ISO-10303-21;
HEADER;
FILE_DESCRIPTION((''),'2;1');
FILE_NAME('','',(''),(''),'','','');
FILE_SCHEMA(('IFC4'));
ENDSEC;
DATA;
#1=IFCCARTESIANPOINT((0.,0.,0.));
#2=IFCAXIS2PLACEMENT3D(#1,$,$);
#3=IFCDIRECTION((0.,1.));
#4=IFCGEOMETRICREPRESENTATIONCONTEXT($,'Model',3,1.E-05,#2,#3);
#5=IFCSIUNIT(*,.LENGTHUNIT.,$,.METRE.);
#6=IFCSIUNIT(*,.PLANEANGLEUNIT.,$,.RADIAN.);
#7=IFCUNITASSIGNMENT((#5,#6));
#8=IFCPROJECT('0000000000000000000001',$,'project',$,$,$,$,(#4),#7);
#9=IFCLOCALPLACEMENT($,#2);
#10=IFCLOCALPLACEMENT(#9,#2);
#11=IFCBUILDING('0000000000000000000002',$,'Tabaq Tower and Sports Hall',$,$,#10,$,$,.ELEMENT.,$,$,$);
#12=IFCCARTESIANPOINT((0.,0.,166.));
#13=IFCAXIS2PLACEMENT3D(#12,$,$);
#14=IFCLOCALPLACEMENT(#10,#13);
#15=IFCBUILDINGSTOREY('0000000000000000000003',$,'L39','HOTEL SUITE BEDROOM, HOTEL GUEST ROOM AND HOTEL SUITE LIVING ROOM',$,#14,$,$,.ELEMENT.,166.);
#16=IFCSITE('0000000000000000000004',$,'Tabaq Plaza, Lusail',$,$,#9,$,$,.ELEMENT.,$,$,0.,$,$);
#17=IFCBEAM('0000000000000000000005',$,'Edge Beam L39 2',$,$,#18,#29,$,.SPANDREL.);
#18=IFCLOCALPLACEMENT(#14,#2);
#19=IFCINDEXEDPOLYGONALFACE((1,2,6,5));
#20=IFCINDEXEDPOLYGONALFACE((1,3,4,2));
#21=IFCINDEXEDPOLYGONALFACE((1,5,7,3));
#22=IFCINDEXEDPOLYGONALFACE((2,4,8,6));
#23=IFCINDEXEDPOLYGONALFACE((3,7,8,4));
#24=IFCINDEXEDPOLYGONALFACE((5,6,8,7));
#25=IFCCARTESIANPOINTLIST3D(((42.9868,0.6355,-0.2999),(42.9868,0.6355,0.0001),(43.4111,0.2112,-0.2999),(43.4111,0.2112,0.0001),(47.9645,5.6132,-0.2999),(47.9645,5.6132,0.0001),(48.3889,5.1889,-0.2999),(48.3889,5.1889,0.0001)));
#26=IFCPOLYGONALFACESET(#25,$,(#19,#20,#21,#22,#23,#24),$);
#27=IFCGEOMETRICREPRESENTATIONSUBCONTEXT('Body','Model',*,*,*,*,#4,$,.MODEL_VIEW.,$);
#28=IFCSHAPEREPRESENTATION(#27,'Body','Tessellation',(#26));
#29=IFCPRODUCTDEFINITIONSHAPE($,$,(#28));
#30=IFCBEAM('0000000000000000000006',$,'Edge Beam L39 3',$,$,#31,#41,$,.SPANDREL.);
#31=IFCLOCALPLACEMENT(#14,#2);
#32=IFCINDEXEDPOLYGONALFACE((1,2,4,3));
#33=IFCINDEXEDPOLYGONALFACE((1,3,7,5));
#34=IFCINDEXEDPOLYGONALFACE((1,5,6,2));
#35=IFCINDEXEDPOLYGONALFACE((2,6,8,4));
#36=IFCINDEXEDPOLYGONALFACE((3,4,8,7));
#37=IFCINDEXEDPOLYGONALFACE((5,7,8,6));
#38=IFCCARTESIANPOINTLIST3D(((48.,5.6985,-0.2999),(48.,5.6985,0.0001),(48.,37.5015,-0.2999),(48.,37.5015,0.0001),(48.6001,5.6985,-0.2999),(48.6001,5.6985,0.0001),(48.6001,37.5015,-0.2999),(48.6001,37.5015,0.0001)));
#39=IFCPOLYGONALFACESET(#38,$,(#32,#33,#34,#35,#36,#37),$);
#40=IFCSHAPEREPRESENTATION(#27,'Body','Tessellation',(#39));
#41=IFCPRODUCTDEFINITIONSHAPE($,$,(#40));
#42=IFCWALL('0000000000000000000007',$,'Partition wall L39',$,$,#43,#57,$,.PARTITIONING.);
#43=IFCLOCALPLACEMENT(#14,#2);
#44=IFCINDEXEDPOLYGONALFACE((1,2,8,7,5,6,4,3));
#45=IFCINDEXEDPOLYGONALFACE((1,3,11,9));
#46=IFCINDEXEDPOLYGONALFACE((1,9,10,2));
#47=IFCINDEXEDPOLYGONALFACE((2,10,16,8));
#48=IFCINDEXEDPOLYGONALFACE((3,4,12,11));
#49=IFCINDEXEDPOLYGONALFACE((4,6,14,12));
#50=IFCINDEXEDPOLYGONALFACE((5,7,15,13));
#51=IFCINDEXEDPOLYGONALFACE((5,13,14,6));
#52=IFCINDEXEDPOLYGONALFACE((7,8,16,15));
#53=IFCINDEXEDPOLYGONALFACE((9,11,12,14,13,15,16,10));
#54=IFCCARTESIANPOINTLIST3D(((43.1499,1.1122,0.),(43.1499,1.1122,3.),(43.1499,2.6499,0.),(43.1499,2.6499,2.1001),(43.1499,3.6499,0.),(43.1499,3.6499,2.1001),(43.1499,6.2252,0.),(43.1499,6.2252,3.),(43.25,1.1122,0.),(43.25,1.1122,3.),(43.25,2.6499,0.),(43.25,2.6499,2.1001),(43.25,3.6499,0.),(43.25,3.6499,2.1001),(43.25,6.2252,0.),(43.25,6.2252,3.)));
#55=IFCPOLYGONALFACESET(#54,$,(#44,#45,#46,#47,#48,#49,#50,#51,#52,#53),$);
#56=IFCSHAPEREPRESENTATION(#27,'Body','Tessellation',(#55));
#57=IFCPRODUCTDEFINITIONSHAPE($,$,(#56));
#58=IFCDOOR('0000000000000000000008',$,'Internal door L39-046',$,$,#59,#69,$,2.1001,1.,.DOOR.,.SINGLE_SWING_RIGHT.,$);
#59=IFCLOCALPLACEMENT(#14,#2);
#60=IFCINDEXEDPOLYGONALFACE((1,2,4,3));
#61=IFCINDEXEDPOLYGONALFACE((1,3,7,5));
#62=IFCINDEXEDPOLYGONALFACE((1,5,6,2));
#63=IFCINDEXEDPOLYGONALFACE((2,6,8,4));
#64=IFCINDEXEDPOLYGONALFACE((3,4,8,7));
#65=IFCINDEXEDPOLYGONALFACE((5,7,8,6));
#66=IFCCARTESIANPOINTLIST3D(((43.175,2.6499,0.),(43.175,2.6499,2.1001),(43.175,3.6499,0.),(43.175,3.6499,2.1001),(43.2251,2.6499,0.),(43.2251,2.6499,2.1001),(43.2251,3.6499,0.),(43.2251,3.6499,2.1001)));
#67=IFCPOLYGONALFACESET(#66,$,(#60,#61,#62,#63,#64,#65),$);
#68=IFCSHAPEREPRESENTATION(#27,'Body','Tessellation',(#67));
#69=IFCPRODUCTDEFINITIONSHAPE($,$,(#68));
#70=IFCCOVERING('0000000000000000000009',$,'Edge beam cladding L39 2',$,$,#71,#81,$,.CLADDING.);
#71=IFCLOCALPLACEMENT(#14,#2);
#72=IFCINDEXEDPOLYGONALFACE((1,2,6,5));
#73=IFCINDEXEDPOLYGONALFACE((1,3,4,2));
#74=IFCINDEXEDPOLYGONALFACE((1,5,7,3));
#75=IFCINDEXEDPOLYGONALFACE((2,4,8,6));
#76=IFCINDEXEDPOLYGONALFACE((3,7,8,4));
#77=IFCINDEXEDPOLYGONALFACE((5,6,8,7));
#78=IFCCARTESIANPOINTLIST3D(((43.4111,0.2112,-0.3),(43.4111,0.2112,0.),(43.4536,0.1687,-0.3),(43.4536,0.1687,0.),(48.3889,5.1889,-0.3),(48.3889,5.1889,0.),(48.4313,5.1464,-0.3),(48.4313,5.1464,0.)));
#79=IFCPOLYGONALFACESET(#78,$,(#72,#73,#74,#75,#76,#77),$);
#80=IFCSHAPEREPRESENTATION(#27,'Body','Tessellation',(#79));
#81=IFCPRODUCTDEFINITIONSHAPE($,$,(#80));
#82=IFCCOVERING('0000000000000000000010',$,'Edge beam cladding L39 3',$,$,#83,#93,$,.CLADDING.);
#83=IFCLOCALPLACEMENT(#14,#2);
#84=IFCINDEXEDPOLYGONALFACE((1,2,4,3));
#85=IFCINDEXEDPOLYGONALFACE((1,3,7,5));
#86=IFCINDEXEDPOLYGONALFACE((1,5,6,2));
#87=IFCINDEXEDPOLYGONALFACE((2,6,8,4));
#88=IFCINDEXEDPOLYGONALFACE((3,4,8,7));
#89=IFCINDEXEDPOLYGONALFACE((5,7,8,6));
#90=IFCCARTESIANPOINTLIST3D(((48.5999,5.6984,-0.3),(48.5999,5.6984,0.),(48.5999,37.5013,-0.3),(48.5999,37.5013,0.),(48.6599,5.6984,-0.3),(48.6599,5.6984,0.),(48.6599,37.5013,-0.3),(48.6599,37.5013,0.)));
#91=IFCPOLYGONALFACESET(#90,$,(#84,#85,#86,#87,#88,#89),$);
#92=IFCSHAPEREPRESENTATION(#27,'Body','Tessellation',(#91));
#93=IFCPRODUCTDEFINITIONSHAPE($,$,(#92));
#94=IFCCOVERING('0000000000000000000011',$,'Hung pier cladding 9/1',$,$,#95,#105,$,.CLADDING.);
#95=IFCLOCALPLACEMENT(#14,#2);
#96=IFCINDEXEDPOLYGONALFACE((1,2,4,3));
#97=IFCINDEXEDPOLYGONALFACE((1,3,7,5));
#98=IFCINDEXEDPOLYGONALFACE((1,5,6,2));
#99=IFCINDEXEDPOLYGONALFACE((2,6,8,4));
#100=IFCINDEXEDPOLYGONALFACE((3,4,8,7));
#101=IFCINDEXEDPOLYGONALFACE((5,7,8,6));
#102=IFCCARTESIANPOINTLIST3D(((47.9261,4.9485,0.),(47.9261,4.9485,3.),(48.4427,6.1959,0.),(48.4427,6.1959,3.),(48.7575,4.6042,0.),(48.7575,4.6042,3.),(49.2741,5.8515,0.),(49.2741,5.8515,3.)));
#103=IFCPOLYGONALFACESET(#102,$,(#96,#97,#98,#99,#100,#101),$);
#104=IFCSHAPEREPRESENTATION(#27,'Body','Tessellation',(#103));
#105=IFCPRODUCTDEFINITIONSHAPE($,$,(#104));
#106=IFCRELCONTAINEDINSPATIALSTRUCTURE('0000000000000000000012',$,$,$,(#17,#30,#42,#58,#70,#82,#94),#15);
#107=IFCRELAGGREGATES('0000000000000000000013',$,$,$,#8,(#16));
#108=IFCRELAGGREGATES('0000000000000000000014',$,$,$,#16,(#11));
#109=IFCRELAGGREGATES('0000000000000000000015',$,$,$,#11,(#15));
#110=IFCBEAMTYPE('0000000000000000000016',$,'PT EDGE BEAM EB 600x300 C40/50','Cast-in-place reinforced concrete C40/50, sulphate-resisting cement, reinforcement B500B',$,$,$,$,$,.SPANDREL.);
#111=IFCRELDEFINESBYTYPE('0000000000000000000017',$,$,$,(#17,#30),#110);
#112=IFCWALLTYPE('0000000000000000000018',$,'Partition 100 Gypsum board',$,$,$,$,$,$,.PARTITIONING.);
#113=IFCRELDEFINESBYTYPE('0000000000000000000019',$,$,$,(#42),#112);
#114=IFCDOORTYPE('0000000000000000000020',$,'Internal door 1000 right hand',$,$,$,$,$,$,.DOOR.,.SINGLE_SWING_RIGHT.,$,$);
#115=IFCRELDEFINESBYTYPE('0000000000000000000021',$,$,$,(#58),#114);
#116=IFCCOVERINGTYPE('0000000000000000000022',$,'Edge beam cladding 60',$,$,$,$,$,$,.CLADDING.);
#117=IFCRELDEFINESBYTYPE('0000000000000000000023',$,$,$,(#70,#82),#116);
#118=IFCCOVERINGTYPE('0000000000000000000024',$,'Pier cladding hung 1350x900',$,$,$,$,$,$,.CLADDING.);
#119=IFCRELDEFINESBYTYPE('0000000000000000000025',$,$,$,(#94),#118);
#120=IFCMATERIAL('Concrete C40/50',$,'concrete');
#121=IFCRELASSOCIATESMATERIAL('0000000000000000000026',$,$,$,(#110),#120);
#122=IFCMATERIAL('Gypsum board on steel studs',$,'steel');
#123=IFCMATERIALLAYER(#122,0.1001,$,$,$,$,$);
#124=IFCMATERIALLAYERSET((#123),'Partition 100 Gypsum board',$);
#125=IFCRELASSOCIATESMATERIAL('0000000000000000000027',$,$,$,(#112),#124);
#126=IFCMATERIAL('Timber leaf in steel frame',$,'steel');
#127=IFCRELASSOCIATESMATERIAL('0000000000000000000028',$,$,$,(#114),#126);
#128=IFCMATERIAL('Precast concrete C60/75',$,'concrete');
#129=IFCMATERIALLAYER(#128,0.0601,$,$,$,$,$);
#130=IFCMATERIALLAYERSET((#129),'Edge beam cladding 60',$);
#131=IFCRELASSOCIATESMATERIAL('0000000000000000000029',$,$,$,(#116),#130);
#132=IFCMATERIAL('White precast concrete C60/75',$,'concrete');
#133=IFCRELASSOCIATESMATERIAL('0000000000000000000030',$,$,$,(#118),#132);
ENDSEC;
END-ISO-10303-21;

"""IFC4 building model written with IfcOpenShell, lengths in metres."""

from ifc_helpers import new_model, si_unit, direction, frame, frame_2d, origin, origin_2d, place, context, subcontext, project, spatial, rectangle, extrude, material, layer, layer_set, material_profile, profile_set, type_object, element, fill, save


model = new_model("IFC4")

# Units and contexts
model_context = context("Model", 3, precision=1e-05, world=origin(), true_north=direction((0.0, 1.0)))
body_context = subcontext(model_context, "Body", "Model", "MODEL_VIEW")
ifc_project = project(units=[si_unit("LENGTHUNIT", "METRE"), si_unit("PLANEANGLEUNIT", "RADIAN")], contexts=[model_context])

# Site, building, storey
site_placement = place(None, origin())
site = spatial("IfcSite", under=ifc_project, at=site_placement, Name="Tabaq Plaza, Lusail", CompositionType="ELEMENT", RefElevation=0.0)
building_placement = place(site_placement, origin())
building = spatial("IfcBuilding", under=site, at=building_placement, Name="Tabaq Tower and Sports Hall", CompositionType="ELEMENT")
storey_placement = place(building_placement, frame((0.0, 0.0, 166.0)))
storey = spatial("IfcBuildingStorey", under=building, at=storey_placement, Name="L39", Description="HOTEL SUITE BEDROOM, HOTEL GUEST ROOM AND HOTEL SUITE LIVING ROOM", CompositionType="ELEMENT", Elevation=166.0)

# Beams
ifc_material_1 = material(Name="Concrete C40/50", Category="concrete")
ifc_material_profile = material_profile(ifc_material_1, rectangle(XDim=0.6001, YDim=0.3, at=origin_2d()), Name="EB 600x300")
ifc_profile_set = profile_set([ifc_material_profile], Name="Concrete C40/50")
beam_type = type_object("IfcBeamType", Name="PT EDGE BEAM EB 600x300 C40/50", Description="Cast-in-place reinforced concrete C40/50, sulphate-resisting cement, reinforcement B500B", PredefinedType="SPANDREL", material=ifc_profile_set)
beam_1_placement = place(storey_placement, frame((43.199, 0.4233, -0.1499), z_axis=(0.707107, 0.707107, 0.0), x_axis=(-0.707107, 0.707107, 0.0)))
element("IfcBeam", 1, at=beam_1_placement, inside=storey, type_object=beam_type, Name="Edge Beam L39 2", PredefinedType="SPANDREL", context=body_context, shape_type="SweptSolid", body=[
    extrude(rectangle(XDim=0.6001, YDim=0.3, at=origin_2d()), origin(), (0.0, 0.0, 1.0), 7.0396),
])
beam_2_placement = place(storey_placement, frame((48.3, 5.6985, -0.1499), z_axis=(0.0, 1.0, 0.0), x_axis=(-1.0, 0.0, 0.0)))
element("IfcBeam", 2, at=beam_2_placement, inside=storey, type_object=beam_type, Name="Edge Beam L39 3", PredefinedType="SPANDREL", context=body_context, shape_type="SweptSolid", body=[
    extrude(rectangle(XDim=0.6001, YDim=0.3, at=origin_2d()), origin(), (0.0, 0.0, 1.0), 31.803),
])

# Wall, opening, door
ifc_material_2 = material(Name="Gypsum board on steel studs", Category="steel")
ifc_layer_1 = layer(ifc_material_2, 0.1001)
ifc_layer_set_1 = layer_set([ifc_layer_1], Name="Partition 100 Gypsum board")
wall_type_1 = type_object("IfcWallType", Name="Partition 100 Gypsum board", PredefinedType="PARTITIONING", material=ifc_layer_set_1)
wall_1_placement = place(storey_placement, frame((43.2, 1.1121, 0.0), z_axis=(0.0, 0.0, 1.0), x_axis=(0.0, 1.0, 0.0)))
wall_1 = element("IfcWall", 3, at=wall_1_placement, inside=storey, type_object=wall_type_1, Name="Partition wall L39", PredefinedType="PARTITIONING", context=body_context, shape_type="SweptSolid", body=[
    extrude(rectangle(XDim=5.113, YDim=0.1001, at=frame_2d((2.5566, 0.0))), origin(), (0.0, 0.0, 1.0), 3.0),
])
opening_1_placement = place(wall_1_placement, frame((1.5378, 0.0, 0.0)))
opening_1 = element("IfcOpeningElement", 4, at=opening_1_placement, cuts=wall_1, PredefinedType="OPENING", context=body_context, shape_type="SweptSolid", body=[
    extrude(rectangle(XDim=1.0, YDim=2.1001, at=frame_2d((0.5, 1.05))), frame((0.0, 0.05, 0.0), z_axis=(0.0, -1.0, 0.0), x_axis=(1.0, 0.0, 0.0)), (0.0, 0.0, 1.0), 0.1001),
])
ifc_material_3 = material(Name="Timber leaf in steel frame", Category="steel")
door_type = type_object("IfcDoorType", Name="Internal door 1000 right hand", OperationType="SINGLE_SWING_RIGHT", PredefinedType="DOOR", material=ifc_material_3)
door_placement = place(opening_1_placement, origin())
door = element("IfcDoor", 5, at=door_placement, inside=storey, type_object=door_type, Name="Internal door L39-046", OperationType="SINGLE_SWING_RIGHT", OverallHeight=2.1001, OverallWidth=1.0, PredefinedType="DOOR", context=body_context, shape_type="SweptSolid", body=[
    extrude(rectangle(XDim=1.0, YDim=2.1001, at=frame_2d((0.5, 1.05))), frame((0.0, 0.0249, 0.0), z_axis=(0.0, -1.0, 0.0), x_axis=(1.0, 0.0, 0.0)), (0.0, 0.0, 1.0), 0.05),
])
fill(opening_1, door)

# Coverings
ifc_material_4 = material(Name="Precast concrete C60/75", Category="concrete")
ifc_layer_2 = layer(ifc_material_4, 0.0601)
ifc_layer_set_2 = layer_set([ifc_layer_2], Name="Edge beam cladding 60")
covering_type_1 = type_object("IfcCoveringType", Name="Edge beam cladding 60", PredefinedType="CLADDING", material=ifc_layer_set_2)
covering_1_placement = place(storey_placement, frame((43.4324, 0.1899, -0.3), z_axis=(0.0, 0.0, 1.0), x_axis=(0.707107, 0.707107, 0.0)))
element("IfcCovering", 6, at=covering_1_placement, inside=storey, type_object=covering_type_1, Name="Edge beam cladding L39 2", PredefinedType="CLADDING", context=body_context, shape_type="SweptSolid", body=[
    extrude(rectangle(XDim=7.0396, YDim=0.0601, at=frame_2d((3.5198, 0.0))), origin(), (0.0, 0.0, 1.0), 0.3),
])
covering_2_placement = place(storey_placement, frame((48.6299, 5.6985, -0.3), z_axis=(0.0, 0.0, 1.0), x_axis=(0.0, 1.0, 0.0)))
element("IfcCovering", 7, at=covering_2_placement, inside=storey, type_object=covering_type_1, Name="Edge beam cladding L39 3", PredefinedType="CLADDING", context=body_context, shape_type="SweptSolid", body=[
    extrude(rectangle(XDim=31.803, YDim=0.0601, at=frame_2d((15.9014, 0.0))), origin(), (0.0, 0.0, 1.0), 0.3),
])
ifc_material_5 = material(Name="White precast concrete C60/75", Category="concrete")
covering_type_2 = type_object("IfcCoveringType", Name="Pier cladding hung 1350x900", PredefinedType="CLADDING", material=ifc_material_5)
covering_3_placement = place(storey_placement, frame((48.3418, 4.7764, 0.0), z_axis=(0.0, 0.0, 1.0), x_axis=(0.38265, 0.923893, 0.0)))
element("IfcCovering", 8, at=covering_3_placement, inside=storey, type_object=covering_type_2, Name="Hung pier cladding 9/1", PredefinedType="CLADDING", context=body_context, shape_type="SweptSolid", body=[
    extrude(rectangle(XDim=1.3501, YDim=0.8999, at=frame_2d((0.675, 0.0))), origin(), (0.0, 0.0, 1.0), 3.0),
])

save(model, "model.ifc")
